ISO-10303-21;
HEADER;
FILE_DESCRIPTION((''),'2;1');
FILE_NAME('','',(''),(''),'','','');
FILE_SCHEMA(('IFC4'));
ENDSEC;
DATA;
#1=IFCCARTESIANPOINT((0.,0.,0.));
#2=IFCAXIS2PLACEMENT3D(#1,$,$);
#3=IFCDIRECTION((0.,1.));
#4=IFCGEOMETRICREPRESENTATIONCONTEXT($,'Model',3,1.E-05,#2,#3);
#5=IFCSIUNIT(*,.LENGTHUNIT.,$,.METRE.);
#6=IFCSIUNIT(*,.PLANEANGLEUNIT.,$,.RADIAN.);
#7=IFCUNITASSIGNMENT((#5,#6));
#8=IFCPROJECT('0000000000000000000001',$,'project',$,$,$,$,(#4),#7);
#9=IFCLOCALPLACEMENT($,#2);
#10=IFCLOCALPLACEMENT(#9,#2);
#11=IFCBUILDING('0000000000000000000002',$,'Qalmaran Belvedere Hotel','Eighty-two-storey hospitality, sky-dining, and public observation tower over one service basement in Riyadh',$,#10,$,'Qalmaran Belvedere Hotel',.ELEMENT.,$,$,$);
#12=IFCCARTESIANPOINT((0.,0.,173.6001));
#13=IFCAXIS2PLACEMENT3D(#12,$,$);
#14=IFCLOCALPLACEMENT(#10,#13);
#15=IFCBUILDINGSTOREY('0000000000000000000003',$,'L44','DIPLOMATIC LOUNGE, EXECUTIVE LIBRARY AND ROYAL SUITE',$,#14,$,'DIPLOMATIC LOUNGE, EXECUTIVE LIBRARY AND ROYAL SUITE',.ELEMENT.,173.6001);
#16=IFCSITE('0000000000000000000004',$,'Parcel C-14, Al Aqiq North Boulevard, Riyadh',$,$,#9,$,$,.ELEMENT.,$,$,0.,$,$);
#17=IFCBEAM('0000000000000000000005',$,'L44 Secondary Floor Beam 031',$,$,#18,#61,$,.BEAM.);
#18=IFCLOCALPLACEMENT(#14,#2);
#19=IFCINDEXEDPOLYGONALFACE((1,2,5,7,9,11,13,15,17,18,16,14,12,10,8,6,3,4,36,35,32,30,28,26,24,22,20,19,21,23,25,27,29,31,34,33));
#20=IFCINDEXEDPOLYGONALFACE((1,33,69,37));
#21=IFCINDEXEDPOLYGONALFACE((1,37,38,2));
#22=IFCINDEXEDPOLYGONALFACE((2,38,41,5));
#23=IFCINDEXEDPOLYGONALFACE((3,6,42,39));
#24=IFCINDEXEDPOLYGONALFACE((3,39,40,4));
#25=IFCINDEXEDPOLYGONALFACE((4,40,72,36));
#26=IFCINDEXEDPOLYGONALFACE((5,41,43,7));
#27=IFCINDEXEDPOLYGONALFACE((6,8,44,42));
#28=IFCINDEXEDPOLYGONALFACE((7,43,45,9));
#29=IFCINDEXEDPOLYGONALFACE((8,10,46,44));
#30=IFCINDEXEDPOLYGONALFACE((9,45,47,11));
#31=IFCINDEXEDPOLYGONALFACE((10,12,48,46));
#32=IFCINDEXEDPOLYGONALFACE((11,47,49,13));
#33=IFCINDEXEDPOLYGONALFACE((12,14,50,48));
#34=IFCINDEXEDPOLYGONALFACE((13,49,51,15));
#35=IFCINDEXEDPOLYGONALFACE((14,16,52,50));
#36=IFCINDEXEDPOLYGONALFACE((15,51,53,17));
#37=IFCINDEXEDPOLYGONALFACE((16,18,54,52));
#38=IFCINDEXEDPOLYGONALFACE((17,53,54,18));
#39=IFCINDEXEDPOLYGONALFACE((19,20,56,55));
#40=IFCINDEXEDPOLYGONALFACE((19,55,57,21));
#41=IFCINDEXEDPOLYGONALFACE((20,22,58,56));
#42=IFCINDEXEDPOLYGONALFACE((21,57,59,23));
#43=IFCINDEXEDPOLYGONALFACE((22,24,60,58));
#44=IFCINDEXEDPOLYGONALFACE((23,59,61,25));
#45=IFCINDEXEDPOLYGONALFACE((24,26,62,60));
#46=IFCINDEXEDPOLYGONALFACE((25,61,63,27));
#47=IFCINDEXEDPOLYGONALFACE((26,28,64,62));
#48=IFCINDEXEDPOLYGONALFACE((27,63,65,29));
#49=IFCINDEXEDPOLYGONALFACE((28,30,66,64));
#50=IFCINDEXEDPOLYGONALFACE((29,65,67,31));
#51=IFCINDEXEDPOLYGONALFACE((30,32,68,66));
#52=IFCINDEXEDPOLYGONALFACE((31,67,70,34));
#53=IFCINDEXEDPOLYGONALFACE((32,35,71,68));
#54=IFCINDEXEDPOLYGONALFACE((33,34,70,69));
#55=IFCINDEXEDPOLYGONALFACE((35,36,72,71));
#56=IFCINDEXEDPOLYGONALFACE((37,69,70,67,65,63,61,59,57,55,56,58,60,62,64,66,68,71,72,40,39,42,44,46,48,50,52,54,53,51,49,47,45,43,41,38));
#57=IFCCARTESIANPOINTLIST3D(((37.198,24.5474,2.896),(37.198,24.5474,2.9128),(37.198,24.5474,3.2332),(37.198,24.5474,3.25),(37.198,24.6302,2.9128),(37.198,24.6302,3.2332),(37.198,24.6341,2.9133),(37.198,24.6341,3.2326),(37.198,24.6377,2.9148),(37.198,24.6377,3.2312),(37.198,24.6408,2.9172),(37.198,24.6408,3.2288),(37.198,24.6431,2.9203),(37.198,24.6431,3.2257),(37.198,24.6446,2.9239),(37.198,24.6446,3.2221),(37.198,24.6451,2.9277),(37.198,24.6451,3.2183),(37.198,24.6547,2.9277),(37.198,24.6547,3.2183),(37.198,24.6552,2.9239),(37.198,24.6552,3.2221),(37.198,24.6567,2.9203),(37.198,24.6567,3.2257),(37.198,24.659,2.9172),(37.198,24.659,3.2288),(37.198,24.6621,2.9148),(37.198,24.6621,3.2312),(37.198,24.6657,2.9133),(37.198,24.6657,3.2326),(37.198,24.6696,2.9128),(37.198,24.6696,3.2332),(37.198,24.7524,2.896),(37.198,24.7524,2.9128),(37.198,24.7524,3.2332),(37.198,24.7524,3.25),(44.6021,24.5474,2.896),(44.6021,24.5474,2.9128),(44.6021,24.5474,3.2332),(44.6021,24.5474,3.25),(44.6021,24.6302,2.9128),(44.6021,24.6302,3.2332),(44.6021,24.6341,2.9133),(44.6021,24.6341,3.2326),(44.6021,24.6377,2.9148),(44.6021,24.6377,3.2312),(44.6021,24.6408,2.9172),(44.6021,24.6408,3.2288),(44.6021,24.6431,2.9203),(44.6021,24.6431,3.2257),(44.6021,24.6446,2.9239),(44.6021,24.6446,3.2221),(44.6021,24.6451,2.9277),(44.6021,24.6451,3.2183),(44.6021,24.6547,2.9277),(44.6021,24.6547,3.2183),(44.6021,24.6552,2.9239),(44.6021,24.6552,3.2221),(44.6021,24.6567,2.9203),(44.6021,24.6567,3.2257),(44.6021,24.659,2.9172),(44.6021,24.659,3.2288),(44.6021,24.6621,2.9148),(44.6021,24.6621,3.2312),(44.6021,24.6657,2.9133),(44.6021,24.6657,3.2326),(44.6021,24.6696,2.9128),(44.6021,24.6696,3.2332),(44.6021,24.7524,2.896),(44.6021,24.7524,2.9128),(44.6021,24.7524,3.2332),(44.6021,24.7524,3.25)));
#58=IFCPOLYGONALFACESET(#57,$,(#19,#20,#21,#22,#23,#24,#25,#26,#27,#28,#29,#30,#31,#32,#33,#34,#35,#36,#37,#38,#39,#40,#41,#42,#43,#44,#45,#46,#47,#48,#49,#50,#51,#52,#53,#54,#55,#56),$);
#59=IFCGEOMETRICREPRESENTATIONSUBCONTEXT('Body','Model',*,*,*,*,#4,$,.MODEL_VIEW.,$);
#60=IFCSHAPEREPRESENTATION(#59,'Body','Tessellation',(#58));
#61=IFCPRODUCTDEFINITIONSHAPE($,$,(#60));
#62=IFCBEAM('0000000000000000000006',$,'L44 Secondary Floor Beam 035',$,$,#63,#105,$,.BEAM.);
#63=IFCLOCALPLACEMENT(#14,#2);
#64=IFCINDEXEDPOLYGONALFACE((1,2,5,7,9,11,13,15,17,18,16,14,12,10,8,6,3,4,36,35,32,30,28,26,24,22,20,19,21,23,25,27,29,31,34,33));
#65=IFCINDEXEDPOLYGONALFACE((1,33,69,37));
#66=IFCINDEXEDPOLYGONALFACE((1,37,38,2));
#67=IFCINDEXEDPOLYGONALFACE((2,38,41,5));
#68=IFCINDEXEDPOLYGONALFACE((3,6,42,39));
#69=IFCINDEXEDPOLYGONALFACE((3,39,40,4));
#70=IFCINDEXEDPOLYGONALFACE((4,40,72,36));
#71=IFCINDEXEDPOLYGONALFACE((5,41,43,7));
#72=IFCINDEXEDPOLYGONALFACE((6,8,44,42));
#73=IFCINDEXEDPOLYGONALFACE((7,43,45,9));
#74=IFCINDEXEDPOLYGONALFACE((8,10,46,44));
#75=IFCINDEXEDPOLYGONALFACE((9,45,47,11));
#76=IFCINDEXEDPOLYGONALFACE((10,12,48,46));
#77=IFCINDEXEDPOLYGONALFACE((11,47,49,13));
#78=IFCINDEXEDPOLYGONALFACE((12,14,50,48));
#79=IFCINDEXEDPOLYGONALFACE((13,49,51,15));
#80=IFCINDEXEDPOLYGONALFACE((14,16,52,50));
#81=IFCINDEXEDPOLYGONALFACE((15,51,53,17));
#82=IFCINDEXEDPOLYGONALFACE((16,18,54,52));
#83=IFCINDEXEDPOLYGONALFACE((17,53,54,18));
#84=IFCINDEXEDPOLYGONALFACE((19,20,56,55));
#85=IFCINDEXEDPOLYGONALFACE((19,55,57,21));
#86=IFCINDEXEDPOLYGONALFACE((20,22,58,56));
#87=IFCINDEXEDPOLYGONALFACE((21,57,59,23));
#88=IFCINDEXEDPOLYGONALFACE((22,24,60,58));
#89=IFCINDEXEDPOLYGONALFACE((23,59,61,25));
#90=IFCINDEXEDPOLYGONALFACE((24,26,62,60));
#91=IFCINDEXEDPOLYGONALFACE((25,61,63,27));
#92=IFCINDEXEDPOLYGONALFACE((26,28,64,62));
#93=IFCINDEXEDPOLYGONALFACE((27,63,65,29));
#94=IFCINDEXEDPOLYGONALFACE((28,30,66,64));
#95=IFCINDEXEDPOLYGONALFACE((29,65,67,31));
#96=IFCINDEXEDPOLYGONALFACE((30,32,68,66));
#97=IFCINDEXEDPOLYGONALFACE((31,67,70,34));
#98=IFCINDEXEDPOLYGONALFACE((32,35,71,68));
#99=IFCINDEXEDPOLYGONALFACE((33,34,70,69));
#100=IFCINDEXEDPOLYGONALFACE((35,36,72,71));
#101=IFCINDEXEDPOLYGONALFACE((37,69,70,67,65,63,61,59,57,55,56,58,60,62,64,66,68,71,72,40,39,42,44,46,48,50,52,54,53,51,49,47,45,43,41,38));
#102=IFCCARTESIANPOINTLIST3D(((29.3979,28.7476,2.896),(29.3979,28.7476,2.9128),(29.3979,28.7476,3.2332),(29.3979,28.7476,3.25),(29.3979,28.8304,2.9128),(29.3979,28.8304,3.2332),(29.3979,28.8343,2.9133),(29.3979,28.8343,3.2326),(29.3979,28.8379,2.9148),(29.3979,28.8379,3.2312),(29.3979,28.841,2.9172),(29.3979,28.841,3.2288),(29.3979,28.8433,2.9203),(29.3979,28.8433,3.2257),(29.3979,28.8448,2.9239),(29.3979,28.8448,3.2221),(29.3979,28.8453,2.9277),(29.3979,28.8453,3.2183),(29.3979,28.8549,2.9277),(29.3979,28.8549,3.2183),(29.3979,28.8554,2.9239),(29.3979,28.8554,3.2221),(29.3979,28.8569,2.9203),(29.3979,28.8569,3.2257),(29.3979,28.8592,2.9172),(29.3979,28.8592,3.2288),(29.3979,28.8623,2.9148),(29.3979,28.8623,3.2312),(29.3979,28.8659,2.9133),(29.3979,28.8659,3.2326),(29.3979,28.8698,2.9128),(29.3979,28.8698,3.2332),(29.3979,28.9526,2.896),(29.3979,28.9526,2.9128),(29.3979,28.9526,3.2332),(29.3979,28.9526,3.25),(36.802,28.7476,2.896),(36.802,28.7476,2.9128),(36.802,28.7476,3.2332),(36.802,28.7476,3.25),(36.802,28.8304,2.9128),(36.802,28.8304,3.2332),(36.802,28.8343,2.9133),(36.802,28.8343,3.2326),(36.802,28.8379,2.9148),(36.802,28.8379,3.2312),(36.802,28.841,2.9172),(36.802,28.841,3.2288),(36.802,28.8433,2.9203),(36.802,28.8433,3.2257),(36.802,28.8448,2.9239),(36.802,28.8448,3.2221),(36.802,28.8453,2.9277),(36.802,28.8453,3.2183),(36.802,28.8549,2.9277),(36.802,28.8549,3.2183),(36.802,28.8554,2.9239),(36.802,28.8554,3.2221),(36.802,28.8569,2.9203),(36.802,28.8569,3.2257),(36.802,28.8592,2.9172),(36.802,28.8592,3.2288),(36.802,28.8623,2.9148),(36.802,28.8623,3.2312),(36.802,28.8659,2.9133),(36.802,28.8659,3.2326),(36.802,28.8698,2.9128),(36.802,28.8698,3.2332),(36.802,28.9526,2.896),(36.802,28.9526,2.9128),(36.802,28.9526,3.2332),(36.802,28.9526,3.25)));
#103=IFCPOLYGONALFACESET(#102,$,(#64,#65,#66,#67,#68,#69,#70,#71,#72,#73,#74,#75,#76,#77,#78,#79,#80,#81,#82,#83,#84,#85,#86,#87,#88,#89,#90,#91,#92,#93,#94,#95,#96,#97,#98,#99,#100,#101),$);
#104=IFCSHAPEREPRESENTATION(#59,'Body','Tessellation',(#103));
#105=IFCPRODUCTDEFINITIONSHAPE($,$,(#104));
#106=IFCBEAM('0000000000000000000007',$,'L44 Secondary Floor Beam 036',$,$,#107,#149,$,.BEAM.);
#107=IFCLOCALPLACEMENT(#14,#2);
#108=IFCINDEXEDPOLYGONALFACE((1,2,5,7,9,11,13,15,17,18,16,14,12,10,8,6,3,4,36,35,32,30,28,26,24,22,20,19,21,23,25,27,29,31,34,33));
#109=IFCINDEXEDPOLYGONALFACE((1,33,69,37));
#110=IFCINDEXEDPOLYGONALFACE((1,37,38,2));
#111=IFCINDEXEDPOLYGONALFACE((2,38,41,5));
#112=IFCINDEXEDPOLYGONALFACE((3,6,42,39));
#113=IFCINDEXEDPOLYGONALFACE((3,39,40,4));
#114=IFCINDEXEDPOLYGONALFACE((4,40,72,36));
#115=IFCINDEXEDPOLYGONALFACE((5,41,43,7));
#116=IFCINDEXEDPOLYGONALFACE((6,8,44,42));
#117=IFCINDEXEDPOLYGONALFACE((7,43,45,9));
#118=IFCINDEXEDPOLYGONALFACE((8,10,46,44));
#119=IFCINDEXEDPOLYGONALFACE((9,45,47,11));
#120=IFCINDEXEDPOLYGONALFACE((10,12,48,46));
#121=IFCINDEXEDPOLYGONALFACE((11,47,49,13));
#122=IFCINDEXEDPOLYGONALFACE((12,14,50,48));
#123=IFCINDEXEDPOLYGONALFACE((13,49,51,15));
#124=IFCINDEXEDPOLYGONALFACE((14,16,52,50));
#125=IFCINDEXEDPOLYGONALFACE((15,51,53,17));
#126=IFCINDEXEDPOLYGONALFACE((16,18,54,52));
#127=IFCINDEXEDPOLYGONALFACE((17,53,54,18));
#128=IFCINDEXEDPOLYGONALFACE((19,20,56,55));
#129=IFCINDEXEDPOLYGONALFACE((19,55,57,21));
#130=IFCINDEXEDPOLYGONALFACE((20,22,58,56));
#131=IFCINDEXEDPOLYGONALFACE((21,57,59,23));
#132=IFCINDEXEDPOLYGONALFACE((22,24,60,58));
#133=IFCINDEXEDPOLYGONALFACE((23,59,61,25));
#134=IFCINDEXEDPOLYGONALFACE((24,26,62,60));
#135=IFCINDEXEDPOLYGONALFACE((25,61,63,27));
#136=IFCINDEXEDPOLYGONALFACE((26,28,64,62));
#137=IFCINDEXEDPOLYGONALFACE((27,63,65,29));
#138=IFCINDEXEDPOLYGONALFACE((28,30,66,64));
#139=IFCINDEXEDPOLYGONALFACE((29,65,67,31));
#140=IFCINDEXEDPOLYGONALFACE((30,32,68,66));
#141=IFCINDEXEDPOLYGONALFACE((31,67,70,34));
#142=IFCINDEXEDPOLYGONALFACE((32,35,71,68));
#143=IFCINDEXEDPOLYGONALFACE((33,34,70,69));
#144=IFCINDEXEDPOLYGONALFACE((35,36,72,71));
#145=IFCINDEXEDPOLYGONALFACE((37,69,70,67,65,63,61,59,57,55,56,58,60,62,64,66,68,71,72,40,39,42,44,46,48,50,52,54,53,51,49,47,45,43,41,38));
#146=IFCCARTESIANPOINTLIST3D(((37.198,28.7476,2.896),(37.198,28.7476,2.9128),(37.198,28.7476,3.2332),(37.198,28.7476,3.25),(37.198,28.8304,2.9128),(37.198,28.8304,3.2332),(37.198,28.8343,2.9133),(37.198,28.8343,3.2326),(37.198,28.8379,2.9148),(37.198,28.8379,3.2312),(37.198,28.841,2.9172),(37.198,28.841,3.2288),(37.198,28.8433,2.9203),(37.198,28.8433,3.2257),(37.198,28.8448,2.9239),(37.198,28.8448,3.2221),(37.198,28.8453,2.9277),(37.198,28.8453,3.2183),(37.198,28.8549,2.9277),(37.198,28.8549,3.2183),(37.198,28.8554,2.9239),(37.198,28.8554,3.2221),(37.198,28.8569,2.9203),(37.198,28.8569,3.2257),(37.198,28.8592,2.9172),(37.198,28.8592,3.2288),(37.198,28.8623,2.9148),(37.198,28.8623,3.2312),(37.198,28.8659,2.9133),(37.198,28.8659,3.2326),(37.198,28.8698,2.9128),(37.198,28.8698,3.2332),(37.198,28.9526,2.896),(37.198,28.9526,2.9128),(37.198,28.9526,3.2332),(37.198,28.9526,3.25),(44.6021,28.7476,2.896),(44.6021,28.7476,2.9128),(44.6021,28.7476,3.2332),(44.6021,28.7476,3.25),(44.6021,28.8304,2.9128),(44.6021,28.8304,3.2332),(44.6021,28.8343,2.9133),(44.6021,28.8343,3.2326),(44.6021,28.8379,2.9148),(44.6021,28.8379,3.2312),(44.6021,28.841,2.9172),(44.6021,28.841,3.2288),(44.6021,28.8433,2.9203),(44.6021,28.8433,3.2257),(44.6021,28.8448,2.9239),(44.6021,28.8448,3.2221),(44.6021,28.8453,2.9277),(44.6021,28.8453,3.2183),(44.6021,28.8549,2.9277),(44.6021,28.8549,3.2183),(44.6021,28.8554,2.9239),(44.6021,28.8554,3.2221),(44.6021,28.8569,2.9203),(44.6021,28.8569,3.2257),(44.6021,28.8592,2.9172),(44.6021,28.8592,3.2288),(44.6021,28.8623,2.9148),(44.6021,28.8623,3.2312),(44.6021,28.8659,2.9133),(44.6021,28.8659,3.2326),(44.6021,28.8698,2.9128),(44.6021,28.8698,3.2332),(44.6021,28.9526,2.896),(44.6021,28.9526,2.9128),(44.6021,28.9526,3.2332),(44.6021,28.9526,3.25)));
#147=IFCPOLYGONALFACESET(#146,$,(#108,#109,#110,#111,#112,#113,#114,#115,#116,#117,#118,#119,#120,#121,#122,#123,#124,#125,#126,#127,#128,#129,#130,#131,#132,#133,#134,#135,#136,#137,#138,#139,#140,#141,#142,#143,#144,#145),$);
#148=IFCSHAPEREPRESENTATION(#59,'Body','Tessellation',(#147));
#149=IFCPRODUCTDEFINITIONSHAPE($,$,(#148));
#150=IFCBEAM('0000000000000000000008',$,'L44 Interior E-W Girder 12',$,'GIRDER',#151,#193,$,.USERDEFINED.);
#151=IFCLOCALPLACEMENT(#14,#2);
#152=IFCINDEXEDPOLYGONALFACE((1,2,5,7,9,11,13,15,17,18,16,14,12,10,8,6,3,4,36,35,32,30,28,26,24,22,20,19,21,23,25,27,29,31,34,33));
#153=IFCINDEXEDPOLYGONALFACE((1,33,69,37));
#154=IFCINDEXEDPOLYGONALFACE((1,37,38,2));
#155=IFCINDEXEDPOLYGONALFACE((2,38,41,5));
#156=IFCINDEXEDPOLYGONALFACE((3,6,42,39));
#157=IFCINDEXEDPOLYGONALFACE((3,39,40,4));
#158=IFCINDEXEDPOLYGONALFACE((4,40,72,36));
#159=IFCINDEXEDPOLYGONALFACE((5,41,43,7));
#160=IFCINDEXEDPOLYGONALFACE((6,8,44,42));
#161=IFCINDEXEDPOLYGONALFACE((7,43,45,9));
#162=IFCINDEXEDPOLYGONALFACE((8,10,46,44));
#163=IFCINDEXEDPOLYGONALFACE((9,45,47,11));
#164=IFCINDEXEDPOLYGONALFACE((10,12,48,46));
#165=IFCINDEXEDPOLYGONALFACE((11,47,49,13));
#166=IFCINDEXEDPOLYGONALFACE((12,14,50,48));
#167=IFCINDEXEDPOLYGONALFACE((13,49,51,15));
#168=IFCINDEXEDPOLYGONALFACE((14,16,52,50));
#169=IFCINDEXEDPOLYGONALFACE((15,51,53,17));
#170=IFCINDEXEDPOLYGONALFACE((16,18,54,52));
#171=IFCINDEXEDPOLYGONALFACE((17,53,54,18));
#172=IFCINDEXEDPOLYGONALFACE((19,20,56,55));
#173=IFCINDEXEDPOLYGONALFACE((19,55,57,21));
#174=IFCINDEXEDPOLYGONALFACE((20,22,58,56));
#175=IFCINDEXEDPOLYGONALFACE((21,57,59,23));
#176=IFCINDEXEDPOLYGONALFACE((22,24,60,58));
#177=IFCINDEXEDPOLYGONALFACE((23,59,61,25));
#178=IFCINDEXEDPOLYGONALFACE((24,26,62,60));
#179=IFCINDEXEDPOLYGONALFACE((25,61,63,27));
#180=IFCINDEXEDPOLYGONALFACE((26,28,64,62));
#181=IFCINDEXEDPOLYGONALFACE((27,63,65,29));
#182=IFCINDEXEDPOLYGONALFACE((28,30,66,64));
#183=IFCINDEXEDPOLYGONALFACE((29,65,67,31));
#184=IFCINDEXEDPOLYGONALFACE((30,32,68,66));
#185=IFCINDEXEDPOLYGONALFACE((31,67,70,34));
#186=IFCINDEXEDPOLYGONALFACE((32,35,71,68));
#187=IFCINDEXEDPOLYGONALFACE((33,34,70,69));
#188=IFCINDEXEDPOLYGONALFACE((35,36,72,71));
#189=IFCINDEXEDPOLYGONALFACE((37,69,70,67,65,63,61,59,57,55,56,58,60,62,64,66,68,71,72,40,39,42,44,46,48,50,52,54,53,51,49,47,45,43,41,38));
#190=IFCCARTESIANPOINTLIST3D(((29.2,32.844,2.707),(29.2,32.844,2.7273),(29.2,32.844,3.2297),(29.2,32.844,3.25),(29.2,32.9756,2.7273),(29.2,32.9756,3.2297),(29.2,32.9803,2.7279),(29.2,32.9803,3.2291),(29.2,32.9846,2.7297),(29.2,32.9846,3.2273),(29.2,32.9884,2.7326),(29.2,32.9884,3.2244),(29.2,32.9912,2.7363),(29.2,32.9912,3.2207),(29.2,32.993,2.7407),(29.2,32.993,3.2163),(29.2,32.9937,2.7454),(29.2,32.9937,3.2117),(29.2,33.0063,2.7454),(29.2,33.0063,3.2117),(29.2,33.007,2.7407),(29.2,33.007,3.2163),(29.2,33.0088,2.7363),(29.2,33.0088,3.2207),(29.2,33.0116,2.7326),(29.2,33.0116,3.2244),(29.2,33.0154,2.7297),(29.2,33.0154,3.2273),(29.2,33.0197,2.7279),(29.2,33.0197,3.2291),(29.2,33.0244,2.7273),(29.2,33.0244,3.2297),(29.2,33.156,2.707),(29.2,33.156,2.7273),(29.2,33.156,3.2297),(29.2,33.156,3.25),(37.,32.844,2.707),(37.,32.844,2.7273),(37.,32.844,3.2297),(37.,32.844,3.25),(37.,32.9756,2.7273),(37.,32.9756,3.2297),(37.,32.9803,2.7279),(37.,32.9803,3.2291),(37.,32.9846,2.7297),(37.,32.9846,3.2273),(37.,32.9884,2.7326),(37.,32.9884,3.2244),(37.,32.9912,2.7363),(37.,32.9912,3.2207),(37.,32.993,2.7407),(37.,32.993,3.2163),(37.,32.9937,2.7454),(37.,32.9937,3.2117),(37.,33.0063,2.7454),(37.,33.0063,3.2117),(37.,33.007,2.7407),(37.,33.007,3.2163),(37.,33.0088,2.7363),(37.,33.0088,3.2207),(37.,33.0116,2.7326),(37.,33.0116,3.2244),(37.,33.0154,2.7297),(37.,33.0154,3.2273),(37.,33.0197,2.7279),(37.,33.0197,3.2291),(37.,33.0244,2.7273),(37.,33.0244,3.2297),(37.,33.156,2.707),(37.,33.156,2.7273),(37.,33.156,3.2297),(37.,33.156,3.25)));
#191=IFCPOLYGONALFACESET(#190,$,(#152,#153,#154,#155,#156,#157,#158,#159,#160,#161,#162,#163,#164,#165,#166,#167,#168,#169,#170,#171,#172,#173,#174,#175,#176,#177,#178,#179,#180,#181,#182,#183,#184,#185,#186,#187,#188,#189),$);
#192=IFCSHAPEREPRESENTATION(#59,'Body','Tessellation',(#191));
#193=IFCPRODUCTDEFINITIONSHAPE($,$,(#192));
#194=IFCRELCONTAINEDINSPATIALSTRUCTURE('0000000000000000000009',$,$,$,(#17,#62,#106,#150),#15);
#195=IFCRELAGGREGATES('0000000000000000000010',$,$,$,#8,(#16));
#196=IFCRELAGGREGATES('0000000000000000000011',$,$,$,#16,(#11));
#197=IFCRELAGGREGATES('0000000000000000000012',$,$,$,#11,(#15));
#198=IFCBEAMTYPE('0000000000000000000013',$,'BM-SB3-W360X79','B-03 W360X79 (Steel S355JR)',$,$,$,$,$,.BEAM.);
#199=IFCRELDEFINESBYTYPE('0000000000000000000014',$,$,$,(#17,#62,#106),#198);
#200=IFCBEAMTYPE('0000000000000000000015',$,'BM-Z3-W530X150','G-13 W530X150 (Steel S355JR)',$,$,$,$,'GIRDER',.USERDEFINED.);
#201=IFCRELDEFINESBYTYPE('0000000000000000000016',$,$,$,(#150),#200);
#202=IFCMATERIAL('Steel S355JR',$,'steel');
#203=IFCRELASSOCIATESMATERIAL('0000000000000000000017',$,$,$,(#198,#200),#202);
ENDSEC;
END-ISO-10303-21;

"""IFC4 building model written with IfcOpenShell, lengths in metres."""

from ifc_helpers import new_model, si_unit, direction, frame, origin, origin_2d, place, context, subcontext, project, spatial, i_section, extrude, material, material_profile, profile_set, type_object, element, save


model = new_model("IFC4")

# Units and contexts
model_context = context("Model", 3, precision=1e-05, world=origin(), true_north=direction((0.0, 1.0)))
body_context = subcontext(model_context, "Body", "Model", "MODEL_VIEW")
ifc_project = project(units=[si_unit("LENGTHUNIT", "METRE"), si_unit("PLANEANGLEUNIT", "RADIAN")], contexts=[model_context])

# Site, building, storey
site_placement = place(None, origin())
site = spatial("IfcSite", under=ifc_project, at=site_placement, Name="Parcel C-14, Al Aqiq North Boulevard, Riyadh", CompositionType="ELEMENT", RefElevation=0.0)
building_placement = place(site_placement, origin())
building = spatial("IfcBuilding", under=site, at=building_placement, Name="Qalmaran Belvedere Hotel", Description="Eighty-two-storey hospitality, sky-dining, and public observation tower over one service basement in Riyadh", LongName="Qalmaran Belvedere Hotel", CompositionType="ELEMENT")
storey_placement = place(building_placement, frame((0.0, 0.0, 173.6001)))
storey = spatial("IfcBuildingStorey", under=building, at=storey_placement, Name="L44", Description="DIPLOMATIC LOUNGE, EXECUTIVE LIBRARY AND ROYAL SUITE", LongName="DIPLOMATIC LOUNGE, EXECUTIVE LIBRARY AND ROYAL SUITE", CompositionType="ELEMENT", Elevation=173.6001)

# Beams
ifc_material_1 = material(Name="Steel S355JR", Category="steel")
ifc_material_profile_1 = material_profile(ifc_material_1, i_section(OverallWidth=0.2051, OverallDepth=0.354, WebThickness=0.0095, FlangeThickness=0.0168, FilletRadius=0.0149, at=origin_2d()), Name="W360X79")
ifc_profile_set_1 = profile_set([ifc_material_profile_1], Name="Steel S355JR")
beam_type_1 = type_object("IfcBeamType", Name="BM-SB3-W360X79", Description="B-03 W360X79 (Steel S355JR)", PredefinedType="BEAM", material=ifc_profile_set_1)
for number, where, z_axis, x_axis, name in (
    (1, (37.198, 24.6499, 3.073), (1.0, 0.0, 0.0), (0.0, 1.0, 0.0), "L44 Secondary Floor Beam 031"),
    (2, (29.3979, 28.8501, 3.073), (1.0, 0.0, 0.0), (0.0, 1.0, 0.0), "L44 Secondary Floor Beam 035"),
    (3, (37.198, 28.8501, 3.073), (1.0, 0.0, 0.0), (0.0, 1.0, 0.0), "L44 Secondary Floor Beam 036"),
):
    element("IfcBeam", number, at=place(storey_placement, frame(where, z_axis=z_axis, x_axis=x_axis)), inside=storey, type_object=beam_type_1, Name=name, PredefinedType="BEAM", context=body_context, shape_type="SweptSolid", body=[
        extrude(i_section(OverallWidth=0.2051, OverallDepth=0.354, WebThickness=0.0095, FlangeThickness=0.0168, FilletRadius=0.0149, at=origin_2d()), origin(), (0.0, 0.0, 1.0), 7.4041),
    ])
ifc_material_profile_2 = material_profile(ifc_material_1, i_section(OverallWidth=0.312, OverallDepth=0.543, WebThickness=0.0127, FlangeThickness=0.0203, FilletRadius=0.0181, at=origin_2d()), Name="W530X150")
ifc_profile_set_2 = profile_set([ifc_material_profile_2], Name="Steel S355JR")
beam_type_2 = type_object("IfcBeamType", Name="BM-Z3-W530X150", Description="G-13 W530X150 (Steel S355JR)", ElementType="GIRDER", PredefinedType="USERDEFINED", material=ifc_profile_set_2)
for number, where, z_axis, x_axis, name in (
    (4, (29.2, 33.0, 2.9785), (1.0, 0.0, 0.0), (0.0, 1.0, 0.0), "L44 Interior E-W Girder 12"),
):
    element("IfcBeam", number, at=place(storey_placement, frame(where, z_axis=z_axis, x_axis=x_axis)), inside=storey, type_object=beam_type_2, Name=name, ObjectType="GIRDER", PredefinedType="USERDEFINED", context=body_context, shape_type="SweptSolid", body=[
        extrude(i_section(OverallWidth=0.312, OverallDepth=0.543, WebThickness=0.0127, FlangeThickness=0.0203, FilletRadius=0.0181, at=origin_2d()), origin(), (0.0, 0.0, 1.0), 7.8),
    ])

save(model, "model.ifc")
